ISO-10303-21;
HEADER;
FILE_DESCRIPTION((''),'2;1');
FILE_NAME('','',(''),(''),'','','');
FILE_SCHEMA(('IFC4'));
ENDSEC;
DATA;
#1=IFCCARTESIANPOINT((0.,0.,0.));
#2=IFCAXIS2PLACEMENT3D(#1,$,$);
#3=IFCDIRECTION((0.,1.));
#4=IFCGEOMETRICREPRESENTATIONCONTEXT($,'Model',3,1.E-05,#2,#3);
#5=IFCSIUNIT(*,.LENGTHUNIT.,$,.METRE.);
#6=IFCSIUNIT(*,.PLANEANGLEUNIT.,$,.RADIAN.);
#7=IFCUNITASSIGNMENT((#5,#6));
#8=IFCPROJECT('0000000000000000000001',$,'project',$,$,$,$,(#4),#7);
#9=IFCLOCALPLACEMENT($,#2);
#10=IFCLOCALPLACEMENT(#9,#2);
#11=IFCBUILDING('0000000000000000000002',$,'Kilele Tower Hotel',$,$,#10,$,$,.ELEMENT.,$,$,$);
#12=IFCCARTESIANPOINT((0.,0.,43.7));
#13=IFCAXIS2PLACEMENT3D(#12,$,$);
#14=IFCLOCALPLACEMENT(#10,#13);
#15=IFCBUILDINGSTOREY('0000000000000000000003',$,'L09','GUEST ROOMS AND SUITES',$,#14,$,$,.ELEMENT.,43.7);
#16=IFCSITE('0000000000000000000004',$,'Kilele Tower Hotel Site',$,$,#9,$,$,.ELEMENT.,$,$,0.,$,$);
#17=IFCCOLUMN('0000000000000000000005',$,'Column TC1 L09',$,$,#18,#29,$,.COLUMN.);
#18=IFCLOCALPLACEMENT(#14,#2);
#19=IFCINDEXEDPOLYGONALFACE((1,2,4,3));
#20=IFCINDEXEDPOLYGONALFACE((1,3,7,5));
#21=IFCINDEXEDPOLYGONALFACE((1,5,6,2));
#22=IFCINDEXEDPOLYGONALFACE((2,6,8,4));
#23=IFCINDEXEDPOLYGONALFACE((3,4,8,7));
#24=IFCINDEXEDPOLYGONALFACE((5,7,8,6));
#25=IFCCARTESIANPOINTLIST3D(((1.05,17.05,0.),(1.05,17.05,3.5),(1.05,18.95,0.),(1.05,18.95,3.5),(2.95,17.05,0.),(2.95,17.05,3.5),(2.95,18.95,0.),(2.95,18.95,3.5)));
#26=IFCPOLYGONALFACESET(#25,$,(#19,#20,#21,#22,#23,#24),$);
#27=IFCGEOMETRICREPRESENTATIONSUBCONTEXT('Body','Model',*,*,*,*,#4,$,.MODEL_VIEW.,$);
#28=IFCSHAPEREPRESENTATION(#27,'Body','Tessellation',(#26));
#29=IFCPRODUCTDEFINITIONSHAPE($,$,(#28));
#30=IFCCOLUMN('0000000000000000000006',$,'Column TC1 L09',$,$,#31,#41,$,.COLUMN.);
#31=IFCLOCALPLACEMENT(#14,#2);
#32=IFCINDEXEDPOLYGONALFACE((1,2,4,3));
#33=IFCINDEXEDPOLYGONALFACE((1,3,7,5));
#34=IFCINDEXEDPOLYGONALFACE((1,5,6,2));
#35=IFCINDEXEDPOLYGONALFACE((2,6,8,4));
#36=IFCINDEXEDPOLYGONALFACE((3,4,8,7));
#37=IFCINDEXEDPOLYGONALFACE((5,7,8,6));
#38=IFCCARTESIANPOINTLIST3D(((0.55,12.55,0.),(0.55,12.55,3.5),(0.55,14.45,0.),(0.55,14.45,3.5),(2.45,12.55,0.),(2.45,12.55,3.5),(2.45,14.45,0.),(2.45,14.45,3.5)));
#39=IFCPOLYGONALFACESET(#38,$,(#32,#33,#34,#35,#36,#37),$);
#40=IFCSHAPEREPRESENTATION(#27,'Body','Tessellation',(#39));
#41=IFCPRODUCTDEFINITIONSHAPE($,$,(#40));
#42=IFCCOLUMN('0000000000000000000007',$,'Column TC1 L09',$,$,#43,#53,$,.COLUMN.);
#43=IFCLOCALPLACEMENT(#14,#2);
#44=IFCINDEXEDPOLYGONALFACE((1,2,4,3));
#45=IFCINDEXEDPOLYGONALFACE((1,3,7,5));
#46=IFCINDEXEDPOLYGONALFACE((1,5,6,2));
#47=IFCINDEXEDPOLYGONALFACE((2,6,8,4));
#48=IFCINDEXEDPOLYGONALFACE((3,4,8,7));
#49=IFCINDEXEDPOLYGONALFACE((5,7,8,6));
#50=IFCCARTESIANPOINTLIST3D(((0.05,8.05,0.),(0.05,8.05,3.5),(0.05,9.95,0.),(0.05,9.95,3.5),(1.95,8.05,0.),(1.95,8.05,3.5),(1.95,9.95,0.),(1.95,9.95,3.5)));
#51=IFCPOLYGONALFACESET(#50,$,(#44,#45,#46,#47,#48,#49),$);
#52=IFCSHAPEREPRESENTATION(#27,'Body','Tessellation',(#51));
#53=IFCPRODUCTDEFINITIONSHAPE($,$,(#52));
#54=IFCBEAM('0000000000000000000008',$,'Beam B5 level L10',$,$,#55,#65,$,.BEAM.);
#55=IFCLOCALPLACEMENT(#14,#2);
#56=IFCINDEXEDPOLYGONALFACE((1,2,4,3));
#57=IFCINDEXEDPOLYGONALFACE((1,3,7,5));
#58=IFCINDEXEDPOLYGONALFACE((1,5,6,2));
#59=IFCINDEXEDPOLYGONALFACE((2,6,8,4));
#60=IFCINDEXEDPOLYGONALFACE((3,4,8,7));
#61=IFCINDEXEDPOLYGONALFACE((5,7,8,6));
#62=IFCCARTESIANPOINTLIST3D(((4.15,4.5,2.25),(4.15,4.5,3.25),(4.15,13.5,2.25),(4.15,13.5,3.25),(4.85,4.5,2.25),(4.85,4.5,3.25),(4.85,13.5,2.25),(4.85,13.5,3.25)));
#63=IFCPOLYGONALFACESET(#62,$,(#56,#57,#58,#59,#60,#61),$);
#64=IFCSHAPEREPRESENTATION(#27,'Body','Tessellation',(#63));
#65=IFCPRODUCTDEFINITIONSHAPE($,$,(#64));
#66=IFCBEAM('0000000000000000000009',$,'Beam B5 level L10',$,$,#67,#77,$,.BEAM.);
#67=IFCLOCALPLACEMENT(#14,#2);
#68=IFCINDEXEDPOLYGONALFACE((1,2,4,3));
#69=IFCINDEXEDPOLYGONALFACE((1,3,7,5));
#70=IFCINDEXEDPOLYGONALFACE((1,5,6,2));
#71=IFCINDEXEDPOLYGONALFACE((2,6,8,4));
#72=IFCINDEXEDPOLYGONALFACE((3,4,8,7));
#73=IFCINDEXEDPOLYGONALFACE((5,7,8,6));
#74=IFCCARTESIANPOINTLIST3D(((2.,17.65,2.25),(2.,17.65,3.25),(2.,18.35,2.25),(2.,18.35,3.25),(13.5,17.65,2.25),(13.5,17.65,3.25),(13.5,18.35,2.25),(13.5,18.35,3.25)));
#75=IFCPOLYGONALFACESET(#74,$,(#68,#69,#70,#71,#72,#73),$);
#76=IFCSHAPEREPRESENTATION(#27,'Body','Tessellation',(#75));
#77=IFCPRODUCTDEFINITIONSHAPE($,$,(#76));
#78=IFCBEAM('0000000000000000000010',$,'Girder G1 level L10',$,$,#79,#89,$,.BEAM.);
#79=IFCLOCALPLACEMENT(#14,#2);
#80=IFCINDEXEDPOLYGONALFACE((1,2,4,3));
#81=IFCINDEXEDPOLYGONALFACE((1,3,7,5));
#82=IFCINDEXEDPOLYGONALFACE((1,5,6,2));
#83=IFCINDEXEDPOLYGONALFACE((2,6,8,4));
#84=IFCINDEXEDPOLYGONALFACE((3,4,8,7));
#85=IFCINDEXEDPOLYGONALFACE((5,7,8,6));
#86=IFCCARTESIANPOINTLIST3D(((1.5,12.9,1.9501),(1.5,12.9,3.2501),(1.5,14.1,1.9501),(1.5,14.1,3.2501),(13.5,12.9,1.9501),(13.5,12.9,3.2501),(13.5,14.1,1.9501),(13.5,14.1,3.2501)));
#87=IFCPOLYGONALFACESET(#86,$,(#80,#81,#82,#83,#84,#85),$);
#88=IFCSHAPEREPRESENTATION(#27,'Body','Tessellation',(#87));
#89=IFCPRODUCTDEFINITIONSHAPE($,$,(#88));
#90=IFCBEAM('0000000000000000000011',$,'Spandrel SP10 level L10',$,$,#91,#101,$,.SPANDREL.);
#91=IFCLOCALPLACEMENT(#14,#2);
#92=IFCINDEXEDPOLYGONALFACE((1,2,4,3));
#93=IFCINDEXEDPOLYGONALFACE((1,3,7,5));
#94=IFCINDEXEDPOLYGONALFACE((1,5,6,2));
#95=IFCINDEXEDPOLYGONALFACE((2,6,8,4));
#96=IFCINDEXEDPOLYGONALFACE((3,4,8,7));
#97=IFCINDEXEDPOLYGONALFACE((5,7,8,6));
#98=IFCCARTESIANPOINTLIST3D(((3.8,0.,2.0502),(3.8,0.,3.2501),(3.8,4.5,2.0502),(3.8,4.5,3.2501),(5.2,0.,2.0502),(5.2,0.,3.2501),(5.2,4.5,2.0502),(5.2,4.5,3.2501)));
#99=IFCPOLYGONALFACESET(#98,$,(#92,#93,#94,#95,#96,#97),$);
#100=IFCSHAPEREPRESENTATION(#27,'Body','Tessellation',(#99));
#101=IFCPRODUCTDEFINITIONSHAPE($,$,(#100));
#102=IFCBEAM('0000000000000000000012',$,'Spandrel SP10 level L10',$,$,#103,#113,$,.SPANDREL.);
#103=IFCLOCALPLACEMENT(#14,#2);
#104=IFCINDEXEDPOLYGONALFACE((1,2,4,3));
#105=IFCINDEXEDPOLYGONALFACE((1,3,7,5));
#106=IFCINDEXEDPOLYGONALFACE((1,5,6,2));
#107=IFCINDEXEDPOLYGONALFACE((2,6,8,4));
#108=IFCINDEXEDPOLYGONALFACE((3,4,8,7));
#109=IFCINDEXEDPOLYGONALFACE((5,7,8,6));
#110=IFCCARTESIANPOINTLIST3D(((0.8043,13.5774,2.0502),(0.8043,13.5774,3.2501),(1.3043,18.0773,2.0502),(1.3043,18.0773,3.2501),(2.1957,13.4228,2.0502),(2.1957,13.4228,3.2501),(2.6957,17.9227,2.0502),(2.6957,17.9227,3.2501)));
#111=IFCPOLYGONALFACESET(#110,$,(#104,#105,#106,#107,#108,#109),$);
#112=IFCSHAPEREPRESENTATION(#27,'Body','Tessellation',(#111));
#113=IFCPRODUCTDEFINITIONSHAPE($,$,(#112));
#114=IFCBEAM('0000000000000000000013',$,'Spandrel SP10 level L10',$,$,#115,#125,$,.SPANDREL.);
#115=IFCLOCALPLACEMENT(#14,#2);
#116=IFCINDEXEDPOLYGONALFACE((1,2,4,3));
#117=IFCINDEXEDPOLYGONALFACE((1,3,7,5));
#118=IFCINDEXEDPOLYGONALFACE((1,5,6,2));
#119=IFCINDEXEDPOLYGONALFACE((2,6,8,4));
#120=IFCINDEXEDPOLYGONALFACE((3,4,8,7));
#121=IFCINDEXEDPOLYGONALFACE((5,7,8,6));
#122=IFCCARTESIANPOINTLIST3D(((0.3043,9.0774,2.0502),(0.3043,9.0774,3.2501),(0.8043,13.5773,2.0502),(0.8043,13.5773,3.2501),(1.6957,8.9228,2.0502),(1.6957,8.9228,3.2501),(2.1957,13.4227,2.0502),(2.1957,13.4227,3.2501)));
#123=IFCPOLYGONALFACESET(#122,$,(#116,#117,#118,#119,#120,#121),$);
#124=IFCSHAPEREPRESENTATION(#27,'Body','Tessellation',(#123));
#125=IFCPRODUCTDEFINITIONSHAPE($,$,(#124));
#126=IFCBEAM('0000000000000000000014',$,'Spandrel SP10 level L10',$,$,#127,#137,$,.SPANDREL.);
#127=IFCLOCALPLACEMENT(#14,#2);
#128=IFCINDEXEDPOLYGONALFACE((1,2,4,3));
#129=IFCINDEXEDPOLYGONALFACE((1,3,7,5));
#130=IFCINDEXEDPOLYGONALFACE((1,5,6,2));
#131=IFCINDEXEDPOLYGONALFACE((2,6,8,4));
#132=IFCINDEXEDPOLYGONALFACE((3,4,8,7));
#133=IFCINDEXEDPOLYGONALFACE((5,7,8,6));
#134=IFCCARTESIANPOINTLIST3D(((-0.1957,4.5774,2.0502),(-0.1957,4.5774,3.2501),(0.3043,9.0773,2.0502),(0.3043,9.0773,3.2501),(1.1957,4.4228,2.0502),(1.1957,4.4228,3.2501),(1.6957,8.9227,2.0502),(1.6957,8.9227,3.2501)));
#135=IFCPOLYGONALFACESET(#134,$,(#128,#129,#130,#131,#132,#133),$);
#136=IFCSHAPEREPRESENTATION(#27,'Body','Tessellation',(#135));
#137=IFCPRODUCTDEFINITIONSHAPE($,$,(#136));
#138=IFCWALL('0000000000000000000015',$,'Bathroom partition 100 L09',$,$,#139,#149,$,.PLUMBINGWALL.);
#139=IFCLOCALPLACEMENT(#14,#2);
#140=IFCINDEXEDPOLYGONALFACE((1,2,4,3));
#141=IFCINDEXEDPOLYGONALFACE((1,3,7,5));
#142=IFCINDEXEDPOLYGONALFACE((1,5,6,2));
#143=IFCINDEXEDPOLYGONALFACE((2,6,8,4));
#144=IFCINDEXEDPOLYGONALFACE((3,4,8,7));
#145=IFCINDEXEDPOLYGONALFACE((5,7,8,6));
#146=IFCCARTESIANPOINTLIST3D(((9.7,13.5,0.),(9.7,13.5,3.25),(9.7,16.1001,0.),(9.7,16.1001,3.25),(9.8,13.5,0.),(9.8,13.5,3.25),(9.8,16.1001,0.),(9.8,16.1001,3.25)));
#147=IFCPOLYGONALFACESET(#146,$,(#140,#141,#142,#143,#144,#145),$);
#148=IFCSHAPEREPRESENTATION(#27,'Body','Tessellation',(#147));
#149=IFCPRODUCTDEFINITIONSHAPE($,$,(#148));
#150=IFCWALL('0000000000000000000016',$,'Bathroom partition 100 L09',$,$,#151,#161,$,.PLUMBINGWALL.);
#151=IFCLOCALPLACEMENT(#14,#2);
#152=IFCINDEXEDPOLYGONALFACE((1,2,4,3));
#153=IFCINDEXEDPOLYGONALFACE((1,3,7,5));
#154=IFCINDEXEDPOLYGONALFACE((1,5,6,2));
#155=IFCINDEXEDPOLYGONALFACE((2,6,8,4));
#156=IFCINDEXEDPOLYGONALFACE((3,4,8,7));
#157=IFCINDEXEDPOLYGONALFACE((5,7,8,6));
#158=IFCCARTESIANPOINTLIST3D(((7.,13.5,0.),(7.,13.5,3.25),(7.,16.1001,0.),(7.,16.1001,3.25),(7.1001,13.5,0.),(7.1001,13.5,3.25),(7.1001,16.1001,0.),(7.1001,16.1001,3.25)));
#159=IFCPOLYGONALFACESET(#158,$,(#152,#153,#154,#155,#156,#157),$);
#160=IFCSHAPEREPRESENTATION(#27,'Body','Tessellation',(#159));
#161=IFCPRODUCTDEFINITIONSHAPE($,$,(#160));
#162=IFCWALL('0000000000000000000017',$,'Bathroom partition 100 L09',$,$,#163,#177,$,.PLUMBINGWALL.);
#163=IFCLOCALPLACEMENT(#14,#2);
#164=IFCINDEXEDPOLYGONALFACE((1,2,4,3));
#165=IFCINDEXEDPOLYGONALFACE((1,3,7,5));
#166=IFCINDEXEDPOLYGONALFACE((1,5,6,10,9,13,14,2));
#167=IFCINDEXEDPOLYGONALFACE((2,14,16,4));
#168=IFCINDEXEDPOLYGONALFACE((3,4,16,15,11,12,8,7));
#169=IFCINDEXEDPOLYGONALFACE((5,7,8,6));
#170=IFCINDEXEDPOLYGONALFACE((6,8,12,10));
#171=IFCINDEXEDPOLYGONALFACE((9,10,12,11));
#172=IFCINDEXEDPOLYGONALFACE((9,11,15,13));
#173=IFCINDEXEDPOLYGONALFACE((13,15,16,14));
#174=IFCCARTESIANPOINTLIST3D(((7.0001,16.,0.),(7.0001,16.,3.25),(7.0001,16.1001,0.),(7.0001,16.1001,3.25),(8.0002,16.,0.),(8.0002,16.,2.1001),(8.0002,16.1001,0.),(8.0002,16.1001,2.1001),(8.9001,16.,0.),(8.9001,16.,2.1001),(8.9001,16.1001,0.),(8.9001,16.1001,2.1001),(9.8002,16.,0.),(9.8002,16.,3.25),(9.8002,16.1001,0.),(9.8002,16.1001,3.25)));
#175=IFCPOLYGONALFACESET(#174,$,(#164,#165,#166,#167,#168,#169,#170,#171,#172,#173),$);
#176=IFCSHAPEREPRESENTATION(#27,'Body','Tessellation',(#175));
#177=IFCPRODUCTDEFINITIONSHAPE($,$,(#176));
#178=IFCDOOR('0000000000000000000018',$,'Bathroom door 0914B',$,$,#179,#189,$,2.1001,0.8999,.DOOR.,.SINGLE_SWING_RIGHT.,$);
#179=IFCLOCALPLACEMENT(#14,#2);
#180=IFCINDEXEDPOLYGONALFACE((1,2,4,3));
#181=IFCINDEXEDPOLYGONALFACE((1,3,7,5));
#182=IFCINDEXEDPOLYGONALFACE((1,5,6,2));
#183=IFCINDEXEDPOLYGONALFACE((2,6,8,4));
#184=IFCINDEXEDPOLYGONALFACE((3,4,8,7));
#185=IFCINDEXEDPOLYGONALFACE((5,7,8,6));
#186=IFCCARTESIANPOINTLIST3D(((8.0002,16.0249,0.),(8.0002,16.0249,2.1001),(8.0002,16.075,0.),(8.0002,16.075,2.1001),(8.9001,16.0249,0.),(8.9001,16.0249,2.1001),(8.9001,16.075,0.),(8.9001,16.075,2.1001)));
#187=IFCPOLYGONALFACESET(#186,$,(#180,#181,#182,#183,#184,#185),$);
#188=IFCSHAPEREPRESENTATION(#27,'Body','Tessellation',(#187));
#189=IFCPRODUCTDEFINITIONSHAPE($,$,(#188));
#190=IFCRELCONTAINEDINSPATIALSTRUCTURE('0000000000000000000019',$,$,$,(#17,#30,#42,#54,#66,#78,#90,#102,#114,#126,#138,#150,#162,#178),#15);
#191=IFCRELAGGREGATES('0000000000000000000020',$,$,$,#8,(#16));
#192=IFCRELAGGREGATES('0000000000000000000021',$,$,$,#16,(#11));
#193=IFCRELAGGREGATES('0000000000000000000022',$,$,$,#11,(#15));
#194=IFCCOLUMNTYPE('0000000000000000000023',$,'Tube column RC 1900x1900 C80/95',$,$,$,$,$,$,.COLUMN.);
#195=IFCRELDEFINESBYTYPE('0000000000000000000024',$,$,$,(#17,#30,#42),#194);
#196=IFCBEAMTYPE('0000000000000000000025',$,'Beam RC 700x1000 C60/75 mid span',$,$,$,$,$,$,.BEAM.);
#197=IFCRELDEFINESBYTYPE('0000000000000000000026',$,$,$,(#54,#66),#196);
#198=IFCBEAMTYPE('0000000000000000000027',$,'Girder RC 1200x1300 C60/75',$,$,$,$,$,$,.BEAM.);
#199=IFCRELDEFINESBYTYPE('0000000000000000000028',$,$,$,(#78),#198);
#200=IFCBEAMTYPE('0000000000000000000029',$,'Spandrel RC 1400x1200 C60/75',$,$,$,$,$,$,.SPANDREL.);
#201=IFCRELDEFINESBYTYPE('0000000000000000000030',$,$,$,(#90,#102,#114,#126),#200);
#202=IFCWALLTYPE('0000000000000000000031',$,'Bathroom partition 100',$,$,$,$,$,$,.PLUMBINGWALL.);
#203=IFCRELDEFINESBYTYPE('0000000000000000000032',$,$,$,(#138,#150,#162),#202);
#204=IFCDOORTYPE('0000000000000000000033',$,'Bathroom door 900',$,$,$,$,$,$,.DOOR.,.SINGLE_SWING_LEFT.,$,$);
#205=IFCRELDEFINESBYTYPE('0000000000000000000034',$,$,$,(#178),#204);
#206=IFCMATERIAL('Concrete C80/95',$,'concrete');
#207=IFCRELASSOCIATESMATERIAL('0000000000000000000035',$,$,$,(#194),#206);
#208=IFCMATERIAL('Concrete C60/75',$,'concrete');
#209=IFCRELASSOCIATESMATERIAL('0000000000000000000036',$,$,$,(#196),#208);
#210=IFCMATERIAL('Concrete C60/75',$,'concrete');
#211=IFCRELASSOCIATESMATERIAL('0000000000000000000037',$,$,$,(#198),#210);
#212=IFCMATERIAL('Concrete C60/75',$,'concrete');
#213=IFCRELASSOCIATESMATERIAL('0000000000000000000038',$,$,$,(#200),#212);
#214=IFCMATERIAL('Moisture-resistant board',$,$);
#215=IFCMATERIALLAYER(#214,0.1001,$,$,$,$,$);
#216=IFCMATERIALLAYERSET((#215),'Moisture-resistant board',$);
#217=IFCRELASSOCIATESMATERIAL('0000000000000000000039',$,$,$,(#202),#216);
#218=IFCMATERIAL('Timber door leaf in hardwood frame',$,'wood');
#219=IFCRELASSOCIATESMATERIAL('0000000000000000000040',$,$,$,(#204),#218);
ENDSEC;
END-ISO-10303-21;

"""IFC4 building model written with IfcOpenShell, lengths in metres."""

from ifc_helpers import new_model, si_unit, direction, frame, frame_2d, origin, origin_2d, place, context, subcontext, project, spatial, rectangle, extrude, material, layer, layer_set, material_profile, profile_set, type_object, element, fill, save


model = new_model("IFC4")

# Units and contexts
model_context = context("Model", 3, precision=1e-05, world=origin(), true_north=direction((0.0, 1.0)))
body_context = subcontext(model_context, "Body", "Model", "MODEL_VIEW")
ifc_project = project(units=[si_unit("LENGTHUNIT", "METRE"), si_unit("PLANEANGLEUNIT", "RADIAN")], contexts=[model_context])

# Site, building, storey
site_placement = place(None, origin())
site = spatial("IfcSite", under=ifc_project, at=site_placement, Name="Kilele Tower Hotel Site", CompositionType="ELEMENT", RefElevation=0.0)
building_placement = place(site_placement, origin())
building = spatial("IfcBuilding", under=site, at=building_placement, Name="Kilele Tower Hotel", CompositionType="ELEMENT")
storey_placement = place(building_placement, frame((0.0, 0.0, 43.7)))
storey = spatial("IfcBuildingStorey", under=building, at=storey_placement, Name="L09", Description="GUEST ROOMS AND SUITES", CompositionType="ELEMENT", Elevation=43.7)

# Columns
ifc_material_1 = material(Name="Concrete C80/95", Category="concrete")
ifc_material_profile_1 = material_profile(ifc_material_1, rectangle(XDim=1.8999, YDim=1.8999, at=origin_2d()))
ifc_profile_set_1 = profile_set([ifc_material_profile_1], Name="Concrete C80/95")
column_type = type_object("IfcColumnType", Name="Tube column RC 1900x1900 C80/95", PredefinedType="COLUMN", material=ifc_profile_set_1)
for number, where, z_axis, x_axis, name in (
    (1, (2.0, 18.0, 0.0), (0.0, 0.0, 1.0), (1.0, 0.0, 0.0), "Column TC1 L09"),
    (2, (1.5, 13.5, 0.0), (0.0, 0.0, 1.0), (1.0, 0.0, 0.0), "Column TC1 L09"),
    (3, (1.0, 9.0, 0.0), (0.0, 0.0, 1.0), (1.0, 0.0, 0.0), "Column TC1 L09"),
):
    element("IfcColumn", number, at=place(storey_placement, frame(where, z_axis=z_axis, x_axis=x_axis)), inside=storey, type_object=column_type, Name=name, PredefinedType="COLUMN", context=body_context, shape_type="SweptSolid", body=[
        extrude(rectangle(XDim=1.8999, YDim=1.8999, at=origin_2d()), origin(), (0.0, 0.0, 1.0), 3.5),
    ])

# Beams
ifc_material_2 = material(Name="Concrete C60/75", Category="concrete")
ifc_material_profile_2 = material_profile(ifc_material_2, rectangle(XDim=0.7, YDim=1.0, at=origin_2d()))
ifc_profile_set_2 = profile_set([ifc_material_profile_2], Name="Concrete C60/75")
beam_type_1 = type_object("IfcBeamType", Name="Beam RC 700x1000 C60/75 mid span", PredefinedType="BEAM", material=ifc_profile_set_2)
beam_1_placement = place(storey_placement, frame((4.5, 4.5, 2.75), z_axis=(0.0, 1.0, 0.0), x_axis=(-1.0, 0.0, 0.0)))
element("IfcBeam", 4, at=beam_1_placement, inside=storey, type_object=beam_type_1, Name="Beam B5 level L10", PredefinedType="BEAM", context=body_context, shape_type="SweptSolid", body=[
    extrude(rectangle(XDim=0.7, YDim=1.0, at=origin_2d()), origin(), (0.0, 0.0, 1.0), 9.0),
])
beam_2_placement = place(storey_placement, frame((2.0, 18.0, 2.75), z_axis=(1.0, 0.0, 0.0), x_axis=(0.0, 1.0, 0.0)))
element("IfcBeam", 5, at=beam_2_placement, inside=storey, type_object=beam_type_1, Name="Beam B5 level L10", PredefinedType="BEAM", context=body_context, shape_type="SweptSolid", body=[
    extrude(rectangle(XDim=0.7, YDim=1.0, at=origin_2d()), origin(), (0.0, 0.0, 1.0), 11.5),
])
ifc_material_3 = material(Name="Concrete C60/75", Category="concrete")
ifc_material_profile_3 = material_profile(ifc_material_3, rectangle(XDim=1.2, YDim=1.3, at=origin_2d()))
ifc_profile_set_3 = profile_set([ifc_material_profile_3], Name="Concrete C60/75")
beam_type_2 = type_object("IfcBeamType", Name="Girder RC 1200x1300 C60/75", PredefinedType="BEAM", material=ifc_profile_set_3)
beam_3_placement = place(storey_placement, frame((1.5, 13.5, 2.6001), z_axis=(1.0, 0.0, 0.0), x_axis=(0.0, 1.0, 0.0)))
element("IfcBeam", 6, at=beam_3_placement, inside=storey, type_object=beam_type_2, Name="Girder G1 level L10", PredefinedType="BEAM", context=body_context, shape_type="SweptSolid", body=[
    extrude(rectangle(XDim=1.2, YDim=1.3, at=origin_2d()), origin(), (0.0, 0.0, 1.0), 12.0),
])
ifc_material_4 = material(Name="Concrete C60/75", Category="concrete")
ifc_material_profile_4 = material_profile(ifc_material_4, rectangle(XDim=1.3999, YDim=1.2, at=origin_2d()))
ifc_profile_set_4 = profile_set([ifc_material_profile_4], Name="Concrete C60/75")
beam_type_3 = type_object("IfcBeamType", Name="Spandrel RC 1400x1200 C60/75", PredefinedType="SPANDREL", material=ifc_profile_set_4)
beam_4_placement = place(storey_placement, frame((4.5, 4.5, 2.6501), z_axis=(0.0, -1.0, 0.0), x_axis=(1.0, 0.0, 0.0)))
element("IfcBeam", 7, at=beam_4_placement, inside=storey, type_object=beam_type_3, Name="Spandrel SP10 level L10", PredefinedType="SPANDREL", context=body_context, shape_type="SweptSolid", body=[
    extrude(rectangle(XDim=1.3999, YDim=1.2, at=origin_2d()), origin(), (0.0, 0.0, 1.0), 4.5),
])
for number, where, z_axis, x_axis, name in (
    (8, (2.0, 18.0, 2.6501), (-0.110432, -0.993884, 0.0), (0.993884, -0.110432, 0.0), "Spandrel SP10 level L10"),
    (9, (1.5, 13.5, 2.6501), (-0.110432, -0.993884, 0.0), (0.993884, -0.110432, 0.0), "Spandrel SP10 level L10"),
    (10, (1.0, 9.0, 2.6501), (-0.110432, -0.993884, 0.0), (0.993884, -0.110432, 0.0), "Spandrel SP10 level L10"),
):
    element("IfcBeam", number, at=place(storey_placement, frame(where, z_axis=z_axis, x_axis=x_axis)), inside=storey, type_object=beam_type_3, Name=name, PredefinedType="SPANDREL", context=body_context, shape_type="SweptSolid", body=[
        extrude(rectangle(XDim=1.3999, YDim=1.2, at=origin_2d()), origin(), (0.0, 0.0, 1.0), 4.5276),
    ])

# Walls
ifc_material_5 = material(Name="Moisture-resistant board")
ifc_layer_1 = layer(ifc_material_5, 0.1001)
ifc_layer_set_1 = layer_set([ifc_layer_1], Name="Moisture-resistant board")
wall_type_1 = type_object("IfcWallType", Name="Bathroom partition 100", PredefinedType="PLUMBINGWALL", material=ifc_layer_set_1)
for number, where, z_axis, x_axis, name in (
    (11, (9.75, 13.5, 0.0), (0.0, 0.0, 1.0), (0.0, 1.0, 0.0), "Bathroom partition 100 L09"),
    (12, (7.05, 13.5, 0.0), (0.0, 0.0, 1.0), (0.0, 1.0, 0.0), "Bathroom partition 100 L09"),
):
    element("IfcWall", number, at=place(storey_placement, frame(where, z_axis=z_axis, x_axis=x_axis)), inside=storey, type_object=wall_type_1, Name=name, PredefinedType="PLUMBINGWALL", context=body_context, shape_type="SweptSolid", body=[
        extrude(rectangle(XDim=2.6001, YDim=0.1001, at=frame_2d((1.3, 0.0))), origin(), (0.0, 0.0, 1.0), 3.25),
    ])

# Wall, opening, door
wall_1_placement = place(storey_placement, frame((9.8, 16.05, 0.0), z_axis=(0.0, 0.0, 1.0), x_axis=(-1.0, 0.0, 0.0)))
wall_1 = element("IfcWall", 13, at=wall_1_placement, inside=storey, type_object=wall_type_1, Name="Bathroom partition 100 L09", PredefinedType="PLUMBINGWALL", context=body_context, shape_type="SweptSolid", body=[
    extrude(rectangle(XDim=2.8, YDim=0.1001, at=frame_2d((1.3999, 0.0))), origin(), (0.0, 0.0, 1.0), 3.25),
])
opening_1_placement = place(wall_1_placement, frame((1.7998, 0.0, 0.0), z_axis=(0.0, 0.0, 1.0), x_axis=(-1.0, 0.0, 0.0)))
opening_1 = element("IfcOpeningElement", 14, at=opening_1_placement, cuts=wall_1, PredefinedType="OPENING", context=body_context, shape_type="SweptSolid", body=[
    extrude(rectangle(XDim=0.8999, YDim=2.1001, at=frame_2d((0.45, 1.05))), frame((0.0, 0.0601, 0.0), z_axis=(0.0, -1.0, 0.0), x_axis=(1.0, 0.0, 0.0)), (0.0, 0.0, 1.0), 0.1201),
])
ifc_material_6 = material(Name="Timber door leaf in hardwood frame", Category="wood")
door_type_1 = type_object("IfcDoorType", Name="Bathroom door 900", OperationType="SINGLE_SWING_LEFT", PredefinedType="DOOR", material=ifc_material_6)
door_1_placement = place(opening_1_placement, origin())
door_1 = element("IfcDoor", 15, at=door_1_placement, inside=storey, type_object=door_type_1, Name="Bathroom door 0914B", OperationType="SINGLE_SWING_RIGHT", OverallHeight=2.1001, OverallWidth=0.8999, PredefinedType="DOOR", context=body_context, shape_type="SweptSolid", body=[
    extrude(rectangle(XDim=0.8999, YDim=2.1001, at=frame_2d((0.45, 1.05))), frame((0.0, 0.0249, 0.0), z_axis=(0.0, -1.0, 0.0), x_axis=(1.0, 0.0, 0.0)), (0.0, 0.0, 1.0), 0.05),
])
fill(opening_1, door_1)

save(model, "model.ifc")
